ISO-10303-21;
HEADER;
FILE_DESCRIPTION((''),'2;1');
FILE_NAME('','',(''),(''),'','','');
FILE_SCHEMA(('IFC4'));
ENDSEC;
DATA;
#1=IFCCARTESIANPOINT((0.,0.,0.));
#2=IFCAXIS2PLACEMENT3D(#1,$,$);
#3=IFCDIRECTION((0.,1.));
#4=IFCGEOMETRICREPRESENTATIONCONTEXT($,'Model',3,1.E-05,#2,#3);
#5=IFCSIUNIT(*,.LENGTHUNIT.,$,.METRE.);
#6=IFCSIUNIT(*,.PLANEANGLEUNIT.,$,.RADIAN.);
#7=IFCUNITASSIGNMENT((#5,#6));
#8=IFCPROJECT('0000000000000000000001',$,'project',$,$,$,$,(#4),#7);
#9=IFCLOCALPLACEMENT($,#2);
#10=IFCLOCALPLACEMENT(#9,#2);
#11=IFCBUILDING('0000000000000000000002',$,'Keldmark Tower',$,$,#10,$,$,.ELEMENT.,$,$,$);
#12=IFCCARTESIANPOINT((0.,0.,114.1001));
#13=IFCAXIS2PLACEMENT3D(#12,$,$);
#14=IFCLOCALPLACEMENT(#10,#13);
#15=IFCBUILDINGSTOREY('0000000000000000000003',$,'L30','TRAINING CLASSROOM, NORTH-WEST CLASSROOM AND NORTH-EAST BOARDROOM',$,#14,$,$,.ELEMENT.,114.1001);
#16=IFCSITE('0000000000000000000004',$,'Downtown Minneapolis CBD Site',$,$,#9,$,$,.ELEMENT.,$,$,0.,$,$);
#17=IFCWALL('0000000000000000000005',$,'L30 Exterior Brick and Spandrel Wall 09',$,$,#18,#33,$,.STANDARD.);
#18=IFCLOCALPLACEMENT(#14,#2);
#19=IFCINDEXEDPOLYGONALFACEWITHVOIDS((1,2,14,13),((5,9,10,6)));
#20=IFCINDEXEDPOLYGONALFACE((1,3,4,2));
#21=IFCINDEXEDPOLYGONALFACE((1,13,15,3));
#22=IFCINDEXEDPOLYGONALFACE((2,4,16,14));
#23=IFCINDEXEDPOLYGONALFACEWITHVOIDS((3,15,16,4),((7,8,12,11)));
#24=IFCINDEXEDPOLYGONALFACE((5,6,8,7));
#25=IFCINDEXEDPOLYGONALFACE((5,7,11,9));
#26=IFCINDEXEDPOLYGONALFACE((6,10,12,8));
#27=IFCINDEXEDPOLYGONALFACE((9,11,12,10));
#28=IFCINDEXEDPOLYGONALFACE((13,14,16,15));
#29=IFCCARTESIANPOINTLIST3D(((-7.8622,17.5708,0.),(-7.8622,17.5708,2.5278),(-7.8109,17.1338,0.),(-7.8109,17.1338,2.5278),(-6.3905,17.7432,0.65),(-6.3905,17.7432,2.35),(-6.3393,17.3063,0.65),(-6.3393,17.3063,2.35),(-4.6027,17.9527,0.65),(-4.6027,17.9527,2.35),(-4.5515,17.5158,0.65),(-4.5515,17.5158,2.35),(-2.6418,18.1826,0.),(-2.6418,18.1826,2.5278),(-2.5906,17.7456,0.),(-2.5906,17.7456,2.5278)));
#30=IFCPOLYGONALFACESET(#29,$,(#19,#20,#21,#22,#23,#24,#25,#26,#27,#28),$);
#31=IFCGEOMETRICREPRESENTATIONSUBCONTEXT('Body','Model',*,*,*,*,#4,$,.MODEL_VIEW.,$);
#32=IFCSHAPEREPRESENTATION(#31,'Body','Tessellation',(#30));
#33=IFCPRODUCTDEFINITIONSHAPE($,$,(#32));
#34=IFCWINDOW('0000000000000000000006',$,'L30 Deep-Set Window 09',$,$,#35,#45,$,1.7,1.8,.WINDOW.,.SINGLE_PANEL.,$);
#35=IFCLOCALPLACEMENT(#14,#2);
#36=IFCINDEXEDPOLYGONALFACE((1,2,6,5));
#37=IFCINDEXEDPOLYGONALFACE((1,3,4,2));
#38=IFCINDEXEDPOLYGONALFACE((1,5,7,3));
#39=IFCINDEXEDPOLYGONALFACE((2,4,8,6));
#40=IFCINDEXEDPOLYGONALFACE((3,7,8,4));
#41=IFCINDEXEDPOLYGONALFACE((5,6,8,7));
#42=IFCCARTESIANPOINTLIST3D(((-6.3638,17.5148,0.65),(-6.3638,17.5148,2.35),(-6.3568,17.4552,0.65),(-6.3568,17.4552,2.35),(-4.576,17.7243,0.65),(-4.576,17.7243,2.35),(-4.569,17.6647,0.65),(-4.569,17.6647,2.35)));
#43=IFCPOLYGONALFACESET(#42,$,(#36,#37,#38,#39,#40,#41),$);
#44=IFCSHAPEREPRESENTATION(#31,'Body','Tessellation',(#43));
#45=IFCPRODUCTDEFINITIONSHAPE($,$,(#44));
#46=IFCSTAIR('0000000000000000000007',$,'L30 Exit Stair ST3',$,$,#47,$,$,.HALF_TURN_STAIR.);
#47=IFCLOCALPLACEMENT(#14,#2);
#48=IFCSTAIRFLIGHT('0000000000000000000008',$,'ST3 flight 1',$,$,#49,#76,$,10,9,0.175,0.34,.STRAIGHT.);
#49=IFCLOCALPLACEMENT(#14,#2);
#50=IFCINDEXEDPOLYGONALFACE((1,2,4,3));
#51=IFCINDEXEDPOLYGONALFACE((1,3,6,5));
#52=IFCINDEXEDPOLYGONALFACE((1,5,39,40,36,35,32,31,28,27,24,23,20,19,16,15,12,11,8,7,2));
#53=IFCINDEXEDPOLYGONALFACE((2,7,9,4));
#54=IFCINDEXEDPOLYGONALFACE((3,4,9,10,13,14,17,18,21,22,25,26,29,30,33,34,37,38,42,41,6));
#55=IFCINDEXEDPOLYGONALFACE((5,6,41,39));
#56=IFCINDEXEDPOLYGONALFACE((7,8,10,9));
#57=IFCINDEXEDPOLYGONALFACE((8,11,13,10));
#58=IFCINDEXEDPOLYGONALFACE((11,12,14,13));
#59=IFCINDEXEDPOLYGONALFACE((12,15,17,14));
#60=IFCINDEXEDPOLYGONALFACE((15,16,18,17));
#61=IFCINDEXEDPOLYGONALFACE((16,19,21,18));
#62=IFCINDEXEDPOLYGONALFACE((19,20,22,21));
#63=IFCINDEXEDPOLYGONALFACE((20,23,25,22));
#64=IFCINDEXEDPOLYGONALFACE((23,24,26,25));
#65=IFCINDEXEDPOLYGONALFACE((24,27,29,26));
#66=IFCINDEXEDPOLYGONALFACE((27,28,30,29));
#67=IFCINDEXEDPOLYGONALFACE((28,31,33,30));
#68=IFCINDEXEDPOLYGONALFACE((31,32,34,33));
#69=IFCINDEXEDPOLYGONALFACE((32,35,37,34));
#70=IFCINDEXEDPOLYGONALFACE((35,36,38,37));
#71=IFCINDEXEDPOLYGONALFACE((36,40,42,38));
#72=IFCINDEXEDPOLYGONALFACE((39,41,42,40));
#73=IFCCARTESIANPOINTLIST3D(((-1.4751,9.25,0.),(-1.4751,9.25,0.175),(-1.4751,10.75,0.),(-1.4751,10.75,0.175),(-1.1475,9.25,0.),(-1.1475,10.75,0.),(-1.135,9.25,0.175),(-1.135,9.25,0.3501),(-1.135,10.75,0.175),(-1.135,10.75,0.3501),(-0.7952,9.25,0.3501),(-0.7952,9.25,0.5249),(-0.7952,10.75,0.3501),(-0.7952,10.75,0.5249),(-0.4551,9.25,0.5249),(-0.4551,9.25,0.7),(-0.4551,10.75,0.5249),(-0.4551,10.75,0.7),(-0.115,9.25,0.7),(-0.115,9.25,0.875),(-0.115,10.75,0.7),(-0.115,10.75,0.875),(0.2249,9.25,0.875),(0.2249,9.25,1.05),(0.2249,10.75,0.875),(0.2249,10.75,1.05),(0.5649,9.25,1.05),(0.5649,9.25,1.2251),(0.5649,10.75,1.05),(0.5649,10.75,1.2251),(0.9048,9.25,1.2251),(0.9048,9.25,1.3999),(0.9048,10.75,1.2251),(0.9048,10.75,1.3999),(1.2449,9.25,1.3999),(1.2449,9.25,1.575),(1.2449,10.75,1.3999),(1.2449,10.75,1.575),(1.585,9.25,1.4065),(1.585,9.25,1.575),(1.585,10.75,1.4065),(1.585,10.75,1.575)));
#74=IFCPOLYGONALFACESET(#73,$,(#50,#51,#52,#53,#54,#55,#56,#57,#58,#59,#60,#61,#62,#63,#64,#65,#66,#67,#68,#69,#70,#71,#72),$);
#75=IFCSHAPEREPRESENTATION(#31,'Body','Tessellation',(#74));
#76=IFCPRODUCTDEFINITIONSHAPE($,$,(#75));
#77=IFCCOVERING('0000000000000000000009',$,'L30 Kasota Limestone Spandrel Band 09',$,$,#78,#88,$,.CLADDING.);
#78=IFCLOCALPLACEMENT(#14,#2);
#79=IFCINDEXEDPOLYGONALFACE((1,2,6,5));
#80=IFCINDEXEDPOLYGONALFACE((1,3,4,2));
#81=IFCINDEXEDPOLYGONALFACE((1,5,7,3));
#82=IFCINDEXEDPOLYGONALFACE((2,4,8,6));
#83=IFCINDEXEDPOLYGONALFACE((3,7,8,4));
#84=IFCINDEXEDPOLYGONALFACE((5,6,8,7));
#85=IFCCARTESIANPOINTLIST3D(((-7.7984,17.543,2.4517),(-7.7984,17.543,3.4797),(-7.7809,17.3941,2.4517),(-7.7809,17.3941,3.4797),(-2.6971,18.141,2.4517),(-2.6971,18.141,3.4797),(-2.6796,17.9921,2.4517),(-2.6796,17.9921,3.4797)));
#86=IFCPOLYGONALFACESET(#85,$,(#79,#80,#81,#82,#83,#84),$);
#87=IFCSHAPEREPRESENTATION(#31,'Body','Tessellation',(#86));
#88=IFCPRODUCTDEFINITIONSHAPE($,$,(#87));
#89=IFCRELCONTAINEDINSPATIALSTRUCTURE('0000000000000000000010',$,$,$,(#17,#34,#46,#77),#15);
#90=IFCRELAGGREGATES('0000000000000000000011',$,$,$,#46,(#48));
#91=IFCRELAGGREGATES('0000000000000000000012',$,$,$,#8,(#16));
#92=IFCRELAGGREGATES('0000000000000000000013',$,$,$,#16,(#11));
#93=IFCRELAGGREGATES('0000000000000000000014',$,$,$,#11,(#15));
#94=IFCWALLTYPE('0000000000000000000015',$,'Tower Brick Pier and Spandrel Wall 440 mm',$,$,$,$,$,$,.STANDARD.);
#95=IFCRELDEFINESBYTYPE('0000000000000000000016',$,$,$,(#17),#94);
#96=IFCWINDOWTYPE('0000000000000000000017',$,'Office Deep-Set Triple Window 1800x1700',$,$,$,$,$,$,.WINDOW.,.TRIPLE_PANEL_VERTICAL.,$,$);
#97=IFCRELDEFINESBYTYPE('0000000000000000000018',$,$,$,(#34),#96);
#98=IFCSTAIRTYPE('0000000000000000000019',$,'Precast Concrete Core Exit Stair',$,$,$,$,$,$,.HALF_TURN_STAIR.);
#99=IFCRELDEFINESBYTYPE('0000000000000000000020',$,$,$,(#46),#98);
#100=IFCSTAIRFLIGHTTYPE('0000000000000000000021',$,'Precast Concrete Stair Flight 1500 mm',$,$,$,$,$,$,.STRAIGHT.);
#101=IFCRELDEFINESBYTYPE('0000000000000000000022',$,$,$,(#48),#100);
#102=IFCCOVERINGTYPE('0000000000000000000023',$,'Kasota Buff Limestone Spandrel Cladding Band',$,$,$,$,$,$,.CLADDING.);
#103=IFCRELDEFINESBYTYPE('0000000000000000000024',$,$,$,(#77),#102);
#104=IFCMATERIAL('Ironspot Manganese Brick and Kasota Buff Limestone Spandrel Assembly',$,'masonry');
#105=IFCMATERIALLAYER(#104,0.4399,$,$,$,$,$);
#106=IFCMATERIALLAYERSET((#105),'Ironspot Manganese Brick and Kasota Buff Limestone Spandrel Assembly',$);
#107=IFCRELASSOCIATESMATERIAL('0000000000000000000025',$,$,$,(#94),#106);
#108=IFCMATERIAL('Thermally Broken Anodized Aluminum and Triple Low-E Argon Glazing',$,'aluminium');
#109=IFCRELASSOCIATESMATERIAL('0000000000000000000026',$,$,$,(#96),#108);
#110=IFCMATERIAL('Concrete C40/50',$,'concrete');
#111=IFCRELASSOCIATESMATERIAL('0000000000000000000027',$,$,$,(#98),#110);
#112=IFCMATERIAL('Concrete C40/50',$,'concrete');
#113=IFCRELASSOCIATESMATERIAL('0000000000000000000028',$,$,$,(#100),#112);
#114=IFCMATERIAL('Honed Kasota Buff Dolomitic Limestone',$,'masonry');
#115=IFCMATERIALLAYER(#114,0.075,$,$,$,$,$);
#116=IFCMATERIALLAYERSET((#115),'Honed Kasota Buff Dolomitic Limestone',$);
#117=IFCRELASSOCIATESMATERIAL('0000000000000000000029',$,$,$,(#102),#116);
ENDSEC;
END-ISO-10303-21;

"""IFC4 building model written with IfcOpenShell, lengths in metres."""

from ifc_helpers import new_model, si_unit, direction, frame, frame_2d, origin, origin_2d, place, context, subcontext, project, spatial, polyline, rectangle, outline, extrude, material, layer, layer_set, type_object, element, fill, aggregate, save


model = new_model("IFC4")

# Units and contexts
model_context = context("Model", 3, precision=1e-05, world=origin(), true_north=direction((0.0, 1.0)))
body_context = subcontext(model_context, "Body", "Model", "MODEL_VIEW")
ifc_project = project(units=[si_unit("LENGTHUNIT", "METRE"), si_unit("PLANEANGLEUNIT", "RADIAN")], contexts=[model_context])

# Site, building, storey
site_placement = place(None, origin())
site = spatial("IfcSite", under=ifc_project, at=site_placement, Name="Downtown Minneapolis CBD Site", CompositionType="ELEMENT", RefElevation=0.0)
building_placement = place(site_placement, origin())
building = spatial("IfcBuilding", under=site, at=building_placement, Name="Keldmark Tower", CompositionType="ELEMENT")
storey_placement = place(building_placement, frame((0.0, 0.0, 114.1001)))
storey = spatial("IfcBuildingStorey", under=building, at=storey_placement, Name="L30", Description="TRAINING CLASSROOM, NORTH-WEST CLASSROOM AND NORTH-EAST BOARDROOM", CompositionType="ELEMENT", Elevation=114.1001)

# Wall, opening, window
ifc_material_1 = material(Name="Ironspot Manganese Brick and Kasota Buff Limestone Spandrel Assembly", Category="masonry")
ifc_layer_1 = layer(ifc_material_1, 0.4399)
ifc_layer_set_1 = layer_set([ifc_layer_1], Name="Ironspot Manganese Brick and Kasota Buff Limestone Spandrel Assembly")
wall_type_1 = type_object("IfcWallType", Name="Tower Brick Pier and Spandrel Wall 440 mm", PredefinedType="STANDARD", material=ifc_layer_set_1)
ifc_material_2 = material(Name="Thermally Broken Anodized Aluminum and Triple Low-E Argon Glazing", Category="aluminium")
window_type = type_object("IfcWindowType", Name="Office Deep-Set Triple Window 1800x1700", PartitioningType="TRIPLE_PANEL_VERTICAL", PredefinedType="WINDOW", material=ifc_material_2)
wall_1_placement = place(storey_placement, frame((-7.8364, 17.3523, 0.0), z_axis=(0.0, 0.0, 1.0), x_axis=(0.993203, 0.116399, 0.0)))
wall_1 = element("IfcWall", 1, at=wall_1_placement, inside=storey, type_object=wall_type_1, Name="L30 Exterior Brick and Spandrel Wall 09", PredefinedType="STANDARD", context=body_context, shape_type="SweptSolid", body=[
    extrude(rectangle(XDim=5.2561, YDim=0.4399, at=frame_2d((2.6279, 0.0))), origin(), (0.0, 0.0, 1.0), 2.5278),
])
opening_1_placement = place(wall_1_placement, frame((1.4817, 0.0, 0.6499)))
opening_1 = element("IfcOpeningElement", 2, at=opening_1_placement, cuts=wall_1, PredefinedType="OPENING", context=body_context, shape_type="SweptSolid", body=[
    extrude(rectangle(XDim=1.8, YDim=1.7, at=frame_2d((0.8999, 0.8501))), frame((0.0, 0.23, 0.0), z_axis=(0.0, -1.0, 0.0), x_axis=(1.0, 0.0, 0.0)), (0.0, 0.0, 1.0), 0.46),
])
window_1_placement = place(opening_1_placement, origin())
window_1 = element("IfcWindow", 3, at=window_1_placement, inside=storey, type_object=window_type, Name="L30 Deep-Set Window 09", OverallHeight=1.7, OverallWidth=1.8, PartitioningType="SINGLE_PANEL", PredefinedType="WINDOW", context=body_context, shape_type="SweptSolid", body=[
    extrude(rectangle(XDim=1.8, YDim=1.7, at=frame_2d((0.8999, 0.8501))), frame((0.0, -0.01, 0.0), z_axis=(0.0, -1.0, 0.0), x_axis=(1.0, 0.0, 0.0)), (0.0, 0.0, 1.0), 0.0601),
])
fill(opening_1, window_1)

# Stair, stair flight
ifc_material_3 = material(Name="Concrete C40/50", Category="concrete")
stair_type = type_object("IfcStairType", Name="Precast Concrete Core Exit Stair", PredefinedType="HALF_TURN_STAIR", material=ifc_material_3)
stair_placement = place(storey_placement, origin())
stair = element("IfcStair", 4, at=stair_placement, inside=storey, type_object=stair_type, Name="L30 Exit Stair ST3", PredefinedType="HALF_TURN_STAIR")
ifc_material_4 = material(Name="Concrete C40/50", Category="concrete")
stair_flight_type = type_object("IfcStairFlightType", Name="Precast Concrete Stair Flight 1500 mm", PredefinedType="STRAIGHT", material=ifc_material_4)
stair_flight_placement = place(storey_placement, frame((-1.4751, 10.0, 0.0), z_axis=(0.0, 0.0, 1.0), x_axis=(1.0, 0.0, 0.0)))
stair_flight = element("IfcStairFlight", 5, at=stair_flight_placement, type_object=stair_flight_type, Name="ST3 flight 1", NumberOfRisers=10, NumberOfTreads=9, PredefinedType="STRAIGHT", RiserHeight=0.175, TreadLength=0.34, context=body_context, shape_type="SweptSolid", body=[
    extrude(outline(polyline([(0.0, 0.0), (0.0, 0.175), (0.3401, 0.175), (0.3401, 0.3501), (0.6799, 0.3501), (0.6799, 0.5249), (1.02, 0.5249), (1.02, 0.7), (1.3601, 0.7), (1.3601, 0.875), (1.7, 0.875), (1.7, 1.05), (2.04, 1.05), (2.04, 1.2251), (2.3799, 1.2251), (2.3799, 1.3999), (2.72, 1.3999), (2.72, 1.575), (3.0601, 1.575), (3.0601, 1.75), (3.0601, 1.4065), (0.3276, 0.0), (0.0, 0.0)])), frame((0.0, 0.75, 0.0), z_axis=(0.0, -1.0, 0.0), x_axis=(1.0, 0.0, 0.0)), (0.0, 0.0, 1.0), 1.5),
])
aggregate(stair, [stair_flight])

# Covering
ifc_material_5 = material(Name="Honed Kasota Buff Dolomitic Limestone", Category="masonry")
ifc_layer_2 = layer(ifc_material_5, 0.075)
ifc_layer_set_2 = layer_set([ifc_layer_2], Name="Honed Kasota Buff Dolomitic Limestone")
covering_type = type_object("IfcCoveringType", Name="Kasota Buff Limestone Spandrel Cladding Band", PredefinedType="CLADDING", material=ifc_layer_set_2)
covering_placement = place(storey_placement, frame((-5.239, 17.7676, 2.4517), z_axis=(0.0, 0.0, 1.0), x_axis=(-0.993199, -0.116428, 0.0)))
element("IfcCovering", 6, at=covering_placement, inside=storey, type_object=covering_type, Name="L30 Kasota Limestone Spandrel Band 09", PredefinedType="CLADDING", context=body_context, shape_type="SweptSolid", body=[
    extrude(rectangle(XDim=5.1362, YDim=0.1499, at=origin_2d()), origin(), (0.0, 0.0, 1.0), 1.0281),
])

save(model, "model.ifc")
